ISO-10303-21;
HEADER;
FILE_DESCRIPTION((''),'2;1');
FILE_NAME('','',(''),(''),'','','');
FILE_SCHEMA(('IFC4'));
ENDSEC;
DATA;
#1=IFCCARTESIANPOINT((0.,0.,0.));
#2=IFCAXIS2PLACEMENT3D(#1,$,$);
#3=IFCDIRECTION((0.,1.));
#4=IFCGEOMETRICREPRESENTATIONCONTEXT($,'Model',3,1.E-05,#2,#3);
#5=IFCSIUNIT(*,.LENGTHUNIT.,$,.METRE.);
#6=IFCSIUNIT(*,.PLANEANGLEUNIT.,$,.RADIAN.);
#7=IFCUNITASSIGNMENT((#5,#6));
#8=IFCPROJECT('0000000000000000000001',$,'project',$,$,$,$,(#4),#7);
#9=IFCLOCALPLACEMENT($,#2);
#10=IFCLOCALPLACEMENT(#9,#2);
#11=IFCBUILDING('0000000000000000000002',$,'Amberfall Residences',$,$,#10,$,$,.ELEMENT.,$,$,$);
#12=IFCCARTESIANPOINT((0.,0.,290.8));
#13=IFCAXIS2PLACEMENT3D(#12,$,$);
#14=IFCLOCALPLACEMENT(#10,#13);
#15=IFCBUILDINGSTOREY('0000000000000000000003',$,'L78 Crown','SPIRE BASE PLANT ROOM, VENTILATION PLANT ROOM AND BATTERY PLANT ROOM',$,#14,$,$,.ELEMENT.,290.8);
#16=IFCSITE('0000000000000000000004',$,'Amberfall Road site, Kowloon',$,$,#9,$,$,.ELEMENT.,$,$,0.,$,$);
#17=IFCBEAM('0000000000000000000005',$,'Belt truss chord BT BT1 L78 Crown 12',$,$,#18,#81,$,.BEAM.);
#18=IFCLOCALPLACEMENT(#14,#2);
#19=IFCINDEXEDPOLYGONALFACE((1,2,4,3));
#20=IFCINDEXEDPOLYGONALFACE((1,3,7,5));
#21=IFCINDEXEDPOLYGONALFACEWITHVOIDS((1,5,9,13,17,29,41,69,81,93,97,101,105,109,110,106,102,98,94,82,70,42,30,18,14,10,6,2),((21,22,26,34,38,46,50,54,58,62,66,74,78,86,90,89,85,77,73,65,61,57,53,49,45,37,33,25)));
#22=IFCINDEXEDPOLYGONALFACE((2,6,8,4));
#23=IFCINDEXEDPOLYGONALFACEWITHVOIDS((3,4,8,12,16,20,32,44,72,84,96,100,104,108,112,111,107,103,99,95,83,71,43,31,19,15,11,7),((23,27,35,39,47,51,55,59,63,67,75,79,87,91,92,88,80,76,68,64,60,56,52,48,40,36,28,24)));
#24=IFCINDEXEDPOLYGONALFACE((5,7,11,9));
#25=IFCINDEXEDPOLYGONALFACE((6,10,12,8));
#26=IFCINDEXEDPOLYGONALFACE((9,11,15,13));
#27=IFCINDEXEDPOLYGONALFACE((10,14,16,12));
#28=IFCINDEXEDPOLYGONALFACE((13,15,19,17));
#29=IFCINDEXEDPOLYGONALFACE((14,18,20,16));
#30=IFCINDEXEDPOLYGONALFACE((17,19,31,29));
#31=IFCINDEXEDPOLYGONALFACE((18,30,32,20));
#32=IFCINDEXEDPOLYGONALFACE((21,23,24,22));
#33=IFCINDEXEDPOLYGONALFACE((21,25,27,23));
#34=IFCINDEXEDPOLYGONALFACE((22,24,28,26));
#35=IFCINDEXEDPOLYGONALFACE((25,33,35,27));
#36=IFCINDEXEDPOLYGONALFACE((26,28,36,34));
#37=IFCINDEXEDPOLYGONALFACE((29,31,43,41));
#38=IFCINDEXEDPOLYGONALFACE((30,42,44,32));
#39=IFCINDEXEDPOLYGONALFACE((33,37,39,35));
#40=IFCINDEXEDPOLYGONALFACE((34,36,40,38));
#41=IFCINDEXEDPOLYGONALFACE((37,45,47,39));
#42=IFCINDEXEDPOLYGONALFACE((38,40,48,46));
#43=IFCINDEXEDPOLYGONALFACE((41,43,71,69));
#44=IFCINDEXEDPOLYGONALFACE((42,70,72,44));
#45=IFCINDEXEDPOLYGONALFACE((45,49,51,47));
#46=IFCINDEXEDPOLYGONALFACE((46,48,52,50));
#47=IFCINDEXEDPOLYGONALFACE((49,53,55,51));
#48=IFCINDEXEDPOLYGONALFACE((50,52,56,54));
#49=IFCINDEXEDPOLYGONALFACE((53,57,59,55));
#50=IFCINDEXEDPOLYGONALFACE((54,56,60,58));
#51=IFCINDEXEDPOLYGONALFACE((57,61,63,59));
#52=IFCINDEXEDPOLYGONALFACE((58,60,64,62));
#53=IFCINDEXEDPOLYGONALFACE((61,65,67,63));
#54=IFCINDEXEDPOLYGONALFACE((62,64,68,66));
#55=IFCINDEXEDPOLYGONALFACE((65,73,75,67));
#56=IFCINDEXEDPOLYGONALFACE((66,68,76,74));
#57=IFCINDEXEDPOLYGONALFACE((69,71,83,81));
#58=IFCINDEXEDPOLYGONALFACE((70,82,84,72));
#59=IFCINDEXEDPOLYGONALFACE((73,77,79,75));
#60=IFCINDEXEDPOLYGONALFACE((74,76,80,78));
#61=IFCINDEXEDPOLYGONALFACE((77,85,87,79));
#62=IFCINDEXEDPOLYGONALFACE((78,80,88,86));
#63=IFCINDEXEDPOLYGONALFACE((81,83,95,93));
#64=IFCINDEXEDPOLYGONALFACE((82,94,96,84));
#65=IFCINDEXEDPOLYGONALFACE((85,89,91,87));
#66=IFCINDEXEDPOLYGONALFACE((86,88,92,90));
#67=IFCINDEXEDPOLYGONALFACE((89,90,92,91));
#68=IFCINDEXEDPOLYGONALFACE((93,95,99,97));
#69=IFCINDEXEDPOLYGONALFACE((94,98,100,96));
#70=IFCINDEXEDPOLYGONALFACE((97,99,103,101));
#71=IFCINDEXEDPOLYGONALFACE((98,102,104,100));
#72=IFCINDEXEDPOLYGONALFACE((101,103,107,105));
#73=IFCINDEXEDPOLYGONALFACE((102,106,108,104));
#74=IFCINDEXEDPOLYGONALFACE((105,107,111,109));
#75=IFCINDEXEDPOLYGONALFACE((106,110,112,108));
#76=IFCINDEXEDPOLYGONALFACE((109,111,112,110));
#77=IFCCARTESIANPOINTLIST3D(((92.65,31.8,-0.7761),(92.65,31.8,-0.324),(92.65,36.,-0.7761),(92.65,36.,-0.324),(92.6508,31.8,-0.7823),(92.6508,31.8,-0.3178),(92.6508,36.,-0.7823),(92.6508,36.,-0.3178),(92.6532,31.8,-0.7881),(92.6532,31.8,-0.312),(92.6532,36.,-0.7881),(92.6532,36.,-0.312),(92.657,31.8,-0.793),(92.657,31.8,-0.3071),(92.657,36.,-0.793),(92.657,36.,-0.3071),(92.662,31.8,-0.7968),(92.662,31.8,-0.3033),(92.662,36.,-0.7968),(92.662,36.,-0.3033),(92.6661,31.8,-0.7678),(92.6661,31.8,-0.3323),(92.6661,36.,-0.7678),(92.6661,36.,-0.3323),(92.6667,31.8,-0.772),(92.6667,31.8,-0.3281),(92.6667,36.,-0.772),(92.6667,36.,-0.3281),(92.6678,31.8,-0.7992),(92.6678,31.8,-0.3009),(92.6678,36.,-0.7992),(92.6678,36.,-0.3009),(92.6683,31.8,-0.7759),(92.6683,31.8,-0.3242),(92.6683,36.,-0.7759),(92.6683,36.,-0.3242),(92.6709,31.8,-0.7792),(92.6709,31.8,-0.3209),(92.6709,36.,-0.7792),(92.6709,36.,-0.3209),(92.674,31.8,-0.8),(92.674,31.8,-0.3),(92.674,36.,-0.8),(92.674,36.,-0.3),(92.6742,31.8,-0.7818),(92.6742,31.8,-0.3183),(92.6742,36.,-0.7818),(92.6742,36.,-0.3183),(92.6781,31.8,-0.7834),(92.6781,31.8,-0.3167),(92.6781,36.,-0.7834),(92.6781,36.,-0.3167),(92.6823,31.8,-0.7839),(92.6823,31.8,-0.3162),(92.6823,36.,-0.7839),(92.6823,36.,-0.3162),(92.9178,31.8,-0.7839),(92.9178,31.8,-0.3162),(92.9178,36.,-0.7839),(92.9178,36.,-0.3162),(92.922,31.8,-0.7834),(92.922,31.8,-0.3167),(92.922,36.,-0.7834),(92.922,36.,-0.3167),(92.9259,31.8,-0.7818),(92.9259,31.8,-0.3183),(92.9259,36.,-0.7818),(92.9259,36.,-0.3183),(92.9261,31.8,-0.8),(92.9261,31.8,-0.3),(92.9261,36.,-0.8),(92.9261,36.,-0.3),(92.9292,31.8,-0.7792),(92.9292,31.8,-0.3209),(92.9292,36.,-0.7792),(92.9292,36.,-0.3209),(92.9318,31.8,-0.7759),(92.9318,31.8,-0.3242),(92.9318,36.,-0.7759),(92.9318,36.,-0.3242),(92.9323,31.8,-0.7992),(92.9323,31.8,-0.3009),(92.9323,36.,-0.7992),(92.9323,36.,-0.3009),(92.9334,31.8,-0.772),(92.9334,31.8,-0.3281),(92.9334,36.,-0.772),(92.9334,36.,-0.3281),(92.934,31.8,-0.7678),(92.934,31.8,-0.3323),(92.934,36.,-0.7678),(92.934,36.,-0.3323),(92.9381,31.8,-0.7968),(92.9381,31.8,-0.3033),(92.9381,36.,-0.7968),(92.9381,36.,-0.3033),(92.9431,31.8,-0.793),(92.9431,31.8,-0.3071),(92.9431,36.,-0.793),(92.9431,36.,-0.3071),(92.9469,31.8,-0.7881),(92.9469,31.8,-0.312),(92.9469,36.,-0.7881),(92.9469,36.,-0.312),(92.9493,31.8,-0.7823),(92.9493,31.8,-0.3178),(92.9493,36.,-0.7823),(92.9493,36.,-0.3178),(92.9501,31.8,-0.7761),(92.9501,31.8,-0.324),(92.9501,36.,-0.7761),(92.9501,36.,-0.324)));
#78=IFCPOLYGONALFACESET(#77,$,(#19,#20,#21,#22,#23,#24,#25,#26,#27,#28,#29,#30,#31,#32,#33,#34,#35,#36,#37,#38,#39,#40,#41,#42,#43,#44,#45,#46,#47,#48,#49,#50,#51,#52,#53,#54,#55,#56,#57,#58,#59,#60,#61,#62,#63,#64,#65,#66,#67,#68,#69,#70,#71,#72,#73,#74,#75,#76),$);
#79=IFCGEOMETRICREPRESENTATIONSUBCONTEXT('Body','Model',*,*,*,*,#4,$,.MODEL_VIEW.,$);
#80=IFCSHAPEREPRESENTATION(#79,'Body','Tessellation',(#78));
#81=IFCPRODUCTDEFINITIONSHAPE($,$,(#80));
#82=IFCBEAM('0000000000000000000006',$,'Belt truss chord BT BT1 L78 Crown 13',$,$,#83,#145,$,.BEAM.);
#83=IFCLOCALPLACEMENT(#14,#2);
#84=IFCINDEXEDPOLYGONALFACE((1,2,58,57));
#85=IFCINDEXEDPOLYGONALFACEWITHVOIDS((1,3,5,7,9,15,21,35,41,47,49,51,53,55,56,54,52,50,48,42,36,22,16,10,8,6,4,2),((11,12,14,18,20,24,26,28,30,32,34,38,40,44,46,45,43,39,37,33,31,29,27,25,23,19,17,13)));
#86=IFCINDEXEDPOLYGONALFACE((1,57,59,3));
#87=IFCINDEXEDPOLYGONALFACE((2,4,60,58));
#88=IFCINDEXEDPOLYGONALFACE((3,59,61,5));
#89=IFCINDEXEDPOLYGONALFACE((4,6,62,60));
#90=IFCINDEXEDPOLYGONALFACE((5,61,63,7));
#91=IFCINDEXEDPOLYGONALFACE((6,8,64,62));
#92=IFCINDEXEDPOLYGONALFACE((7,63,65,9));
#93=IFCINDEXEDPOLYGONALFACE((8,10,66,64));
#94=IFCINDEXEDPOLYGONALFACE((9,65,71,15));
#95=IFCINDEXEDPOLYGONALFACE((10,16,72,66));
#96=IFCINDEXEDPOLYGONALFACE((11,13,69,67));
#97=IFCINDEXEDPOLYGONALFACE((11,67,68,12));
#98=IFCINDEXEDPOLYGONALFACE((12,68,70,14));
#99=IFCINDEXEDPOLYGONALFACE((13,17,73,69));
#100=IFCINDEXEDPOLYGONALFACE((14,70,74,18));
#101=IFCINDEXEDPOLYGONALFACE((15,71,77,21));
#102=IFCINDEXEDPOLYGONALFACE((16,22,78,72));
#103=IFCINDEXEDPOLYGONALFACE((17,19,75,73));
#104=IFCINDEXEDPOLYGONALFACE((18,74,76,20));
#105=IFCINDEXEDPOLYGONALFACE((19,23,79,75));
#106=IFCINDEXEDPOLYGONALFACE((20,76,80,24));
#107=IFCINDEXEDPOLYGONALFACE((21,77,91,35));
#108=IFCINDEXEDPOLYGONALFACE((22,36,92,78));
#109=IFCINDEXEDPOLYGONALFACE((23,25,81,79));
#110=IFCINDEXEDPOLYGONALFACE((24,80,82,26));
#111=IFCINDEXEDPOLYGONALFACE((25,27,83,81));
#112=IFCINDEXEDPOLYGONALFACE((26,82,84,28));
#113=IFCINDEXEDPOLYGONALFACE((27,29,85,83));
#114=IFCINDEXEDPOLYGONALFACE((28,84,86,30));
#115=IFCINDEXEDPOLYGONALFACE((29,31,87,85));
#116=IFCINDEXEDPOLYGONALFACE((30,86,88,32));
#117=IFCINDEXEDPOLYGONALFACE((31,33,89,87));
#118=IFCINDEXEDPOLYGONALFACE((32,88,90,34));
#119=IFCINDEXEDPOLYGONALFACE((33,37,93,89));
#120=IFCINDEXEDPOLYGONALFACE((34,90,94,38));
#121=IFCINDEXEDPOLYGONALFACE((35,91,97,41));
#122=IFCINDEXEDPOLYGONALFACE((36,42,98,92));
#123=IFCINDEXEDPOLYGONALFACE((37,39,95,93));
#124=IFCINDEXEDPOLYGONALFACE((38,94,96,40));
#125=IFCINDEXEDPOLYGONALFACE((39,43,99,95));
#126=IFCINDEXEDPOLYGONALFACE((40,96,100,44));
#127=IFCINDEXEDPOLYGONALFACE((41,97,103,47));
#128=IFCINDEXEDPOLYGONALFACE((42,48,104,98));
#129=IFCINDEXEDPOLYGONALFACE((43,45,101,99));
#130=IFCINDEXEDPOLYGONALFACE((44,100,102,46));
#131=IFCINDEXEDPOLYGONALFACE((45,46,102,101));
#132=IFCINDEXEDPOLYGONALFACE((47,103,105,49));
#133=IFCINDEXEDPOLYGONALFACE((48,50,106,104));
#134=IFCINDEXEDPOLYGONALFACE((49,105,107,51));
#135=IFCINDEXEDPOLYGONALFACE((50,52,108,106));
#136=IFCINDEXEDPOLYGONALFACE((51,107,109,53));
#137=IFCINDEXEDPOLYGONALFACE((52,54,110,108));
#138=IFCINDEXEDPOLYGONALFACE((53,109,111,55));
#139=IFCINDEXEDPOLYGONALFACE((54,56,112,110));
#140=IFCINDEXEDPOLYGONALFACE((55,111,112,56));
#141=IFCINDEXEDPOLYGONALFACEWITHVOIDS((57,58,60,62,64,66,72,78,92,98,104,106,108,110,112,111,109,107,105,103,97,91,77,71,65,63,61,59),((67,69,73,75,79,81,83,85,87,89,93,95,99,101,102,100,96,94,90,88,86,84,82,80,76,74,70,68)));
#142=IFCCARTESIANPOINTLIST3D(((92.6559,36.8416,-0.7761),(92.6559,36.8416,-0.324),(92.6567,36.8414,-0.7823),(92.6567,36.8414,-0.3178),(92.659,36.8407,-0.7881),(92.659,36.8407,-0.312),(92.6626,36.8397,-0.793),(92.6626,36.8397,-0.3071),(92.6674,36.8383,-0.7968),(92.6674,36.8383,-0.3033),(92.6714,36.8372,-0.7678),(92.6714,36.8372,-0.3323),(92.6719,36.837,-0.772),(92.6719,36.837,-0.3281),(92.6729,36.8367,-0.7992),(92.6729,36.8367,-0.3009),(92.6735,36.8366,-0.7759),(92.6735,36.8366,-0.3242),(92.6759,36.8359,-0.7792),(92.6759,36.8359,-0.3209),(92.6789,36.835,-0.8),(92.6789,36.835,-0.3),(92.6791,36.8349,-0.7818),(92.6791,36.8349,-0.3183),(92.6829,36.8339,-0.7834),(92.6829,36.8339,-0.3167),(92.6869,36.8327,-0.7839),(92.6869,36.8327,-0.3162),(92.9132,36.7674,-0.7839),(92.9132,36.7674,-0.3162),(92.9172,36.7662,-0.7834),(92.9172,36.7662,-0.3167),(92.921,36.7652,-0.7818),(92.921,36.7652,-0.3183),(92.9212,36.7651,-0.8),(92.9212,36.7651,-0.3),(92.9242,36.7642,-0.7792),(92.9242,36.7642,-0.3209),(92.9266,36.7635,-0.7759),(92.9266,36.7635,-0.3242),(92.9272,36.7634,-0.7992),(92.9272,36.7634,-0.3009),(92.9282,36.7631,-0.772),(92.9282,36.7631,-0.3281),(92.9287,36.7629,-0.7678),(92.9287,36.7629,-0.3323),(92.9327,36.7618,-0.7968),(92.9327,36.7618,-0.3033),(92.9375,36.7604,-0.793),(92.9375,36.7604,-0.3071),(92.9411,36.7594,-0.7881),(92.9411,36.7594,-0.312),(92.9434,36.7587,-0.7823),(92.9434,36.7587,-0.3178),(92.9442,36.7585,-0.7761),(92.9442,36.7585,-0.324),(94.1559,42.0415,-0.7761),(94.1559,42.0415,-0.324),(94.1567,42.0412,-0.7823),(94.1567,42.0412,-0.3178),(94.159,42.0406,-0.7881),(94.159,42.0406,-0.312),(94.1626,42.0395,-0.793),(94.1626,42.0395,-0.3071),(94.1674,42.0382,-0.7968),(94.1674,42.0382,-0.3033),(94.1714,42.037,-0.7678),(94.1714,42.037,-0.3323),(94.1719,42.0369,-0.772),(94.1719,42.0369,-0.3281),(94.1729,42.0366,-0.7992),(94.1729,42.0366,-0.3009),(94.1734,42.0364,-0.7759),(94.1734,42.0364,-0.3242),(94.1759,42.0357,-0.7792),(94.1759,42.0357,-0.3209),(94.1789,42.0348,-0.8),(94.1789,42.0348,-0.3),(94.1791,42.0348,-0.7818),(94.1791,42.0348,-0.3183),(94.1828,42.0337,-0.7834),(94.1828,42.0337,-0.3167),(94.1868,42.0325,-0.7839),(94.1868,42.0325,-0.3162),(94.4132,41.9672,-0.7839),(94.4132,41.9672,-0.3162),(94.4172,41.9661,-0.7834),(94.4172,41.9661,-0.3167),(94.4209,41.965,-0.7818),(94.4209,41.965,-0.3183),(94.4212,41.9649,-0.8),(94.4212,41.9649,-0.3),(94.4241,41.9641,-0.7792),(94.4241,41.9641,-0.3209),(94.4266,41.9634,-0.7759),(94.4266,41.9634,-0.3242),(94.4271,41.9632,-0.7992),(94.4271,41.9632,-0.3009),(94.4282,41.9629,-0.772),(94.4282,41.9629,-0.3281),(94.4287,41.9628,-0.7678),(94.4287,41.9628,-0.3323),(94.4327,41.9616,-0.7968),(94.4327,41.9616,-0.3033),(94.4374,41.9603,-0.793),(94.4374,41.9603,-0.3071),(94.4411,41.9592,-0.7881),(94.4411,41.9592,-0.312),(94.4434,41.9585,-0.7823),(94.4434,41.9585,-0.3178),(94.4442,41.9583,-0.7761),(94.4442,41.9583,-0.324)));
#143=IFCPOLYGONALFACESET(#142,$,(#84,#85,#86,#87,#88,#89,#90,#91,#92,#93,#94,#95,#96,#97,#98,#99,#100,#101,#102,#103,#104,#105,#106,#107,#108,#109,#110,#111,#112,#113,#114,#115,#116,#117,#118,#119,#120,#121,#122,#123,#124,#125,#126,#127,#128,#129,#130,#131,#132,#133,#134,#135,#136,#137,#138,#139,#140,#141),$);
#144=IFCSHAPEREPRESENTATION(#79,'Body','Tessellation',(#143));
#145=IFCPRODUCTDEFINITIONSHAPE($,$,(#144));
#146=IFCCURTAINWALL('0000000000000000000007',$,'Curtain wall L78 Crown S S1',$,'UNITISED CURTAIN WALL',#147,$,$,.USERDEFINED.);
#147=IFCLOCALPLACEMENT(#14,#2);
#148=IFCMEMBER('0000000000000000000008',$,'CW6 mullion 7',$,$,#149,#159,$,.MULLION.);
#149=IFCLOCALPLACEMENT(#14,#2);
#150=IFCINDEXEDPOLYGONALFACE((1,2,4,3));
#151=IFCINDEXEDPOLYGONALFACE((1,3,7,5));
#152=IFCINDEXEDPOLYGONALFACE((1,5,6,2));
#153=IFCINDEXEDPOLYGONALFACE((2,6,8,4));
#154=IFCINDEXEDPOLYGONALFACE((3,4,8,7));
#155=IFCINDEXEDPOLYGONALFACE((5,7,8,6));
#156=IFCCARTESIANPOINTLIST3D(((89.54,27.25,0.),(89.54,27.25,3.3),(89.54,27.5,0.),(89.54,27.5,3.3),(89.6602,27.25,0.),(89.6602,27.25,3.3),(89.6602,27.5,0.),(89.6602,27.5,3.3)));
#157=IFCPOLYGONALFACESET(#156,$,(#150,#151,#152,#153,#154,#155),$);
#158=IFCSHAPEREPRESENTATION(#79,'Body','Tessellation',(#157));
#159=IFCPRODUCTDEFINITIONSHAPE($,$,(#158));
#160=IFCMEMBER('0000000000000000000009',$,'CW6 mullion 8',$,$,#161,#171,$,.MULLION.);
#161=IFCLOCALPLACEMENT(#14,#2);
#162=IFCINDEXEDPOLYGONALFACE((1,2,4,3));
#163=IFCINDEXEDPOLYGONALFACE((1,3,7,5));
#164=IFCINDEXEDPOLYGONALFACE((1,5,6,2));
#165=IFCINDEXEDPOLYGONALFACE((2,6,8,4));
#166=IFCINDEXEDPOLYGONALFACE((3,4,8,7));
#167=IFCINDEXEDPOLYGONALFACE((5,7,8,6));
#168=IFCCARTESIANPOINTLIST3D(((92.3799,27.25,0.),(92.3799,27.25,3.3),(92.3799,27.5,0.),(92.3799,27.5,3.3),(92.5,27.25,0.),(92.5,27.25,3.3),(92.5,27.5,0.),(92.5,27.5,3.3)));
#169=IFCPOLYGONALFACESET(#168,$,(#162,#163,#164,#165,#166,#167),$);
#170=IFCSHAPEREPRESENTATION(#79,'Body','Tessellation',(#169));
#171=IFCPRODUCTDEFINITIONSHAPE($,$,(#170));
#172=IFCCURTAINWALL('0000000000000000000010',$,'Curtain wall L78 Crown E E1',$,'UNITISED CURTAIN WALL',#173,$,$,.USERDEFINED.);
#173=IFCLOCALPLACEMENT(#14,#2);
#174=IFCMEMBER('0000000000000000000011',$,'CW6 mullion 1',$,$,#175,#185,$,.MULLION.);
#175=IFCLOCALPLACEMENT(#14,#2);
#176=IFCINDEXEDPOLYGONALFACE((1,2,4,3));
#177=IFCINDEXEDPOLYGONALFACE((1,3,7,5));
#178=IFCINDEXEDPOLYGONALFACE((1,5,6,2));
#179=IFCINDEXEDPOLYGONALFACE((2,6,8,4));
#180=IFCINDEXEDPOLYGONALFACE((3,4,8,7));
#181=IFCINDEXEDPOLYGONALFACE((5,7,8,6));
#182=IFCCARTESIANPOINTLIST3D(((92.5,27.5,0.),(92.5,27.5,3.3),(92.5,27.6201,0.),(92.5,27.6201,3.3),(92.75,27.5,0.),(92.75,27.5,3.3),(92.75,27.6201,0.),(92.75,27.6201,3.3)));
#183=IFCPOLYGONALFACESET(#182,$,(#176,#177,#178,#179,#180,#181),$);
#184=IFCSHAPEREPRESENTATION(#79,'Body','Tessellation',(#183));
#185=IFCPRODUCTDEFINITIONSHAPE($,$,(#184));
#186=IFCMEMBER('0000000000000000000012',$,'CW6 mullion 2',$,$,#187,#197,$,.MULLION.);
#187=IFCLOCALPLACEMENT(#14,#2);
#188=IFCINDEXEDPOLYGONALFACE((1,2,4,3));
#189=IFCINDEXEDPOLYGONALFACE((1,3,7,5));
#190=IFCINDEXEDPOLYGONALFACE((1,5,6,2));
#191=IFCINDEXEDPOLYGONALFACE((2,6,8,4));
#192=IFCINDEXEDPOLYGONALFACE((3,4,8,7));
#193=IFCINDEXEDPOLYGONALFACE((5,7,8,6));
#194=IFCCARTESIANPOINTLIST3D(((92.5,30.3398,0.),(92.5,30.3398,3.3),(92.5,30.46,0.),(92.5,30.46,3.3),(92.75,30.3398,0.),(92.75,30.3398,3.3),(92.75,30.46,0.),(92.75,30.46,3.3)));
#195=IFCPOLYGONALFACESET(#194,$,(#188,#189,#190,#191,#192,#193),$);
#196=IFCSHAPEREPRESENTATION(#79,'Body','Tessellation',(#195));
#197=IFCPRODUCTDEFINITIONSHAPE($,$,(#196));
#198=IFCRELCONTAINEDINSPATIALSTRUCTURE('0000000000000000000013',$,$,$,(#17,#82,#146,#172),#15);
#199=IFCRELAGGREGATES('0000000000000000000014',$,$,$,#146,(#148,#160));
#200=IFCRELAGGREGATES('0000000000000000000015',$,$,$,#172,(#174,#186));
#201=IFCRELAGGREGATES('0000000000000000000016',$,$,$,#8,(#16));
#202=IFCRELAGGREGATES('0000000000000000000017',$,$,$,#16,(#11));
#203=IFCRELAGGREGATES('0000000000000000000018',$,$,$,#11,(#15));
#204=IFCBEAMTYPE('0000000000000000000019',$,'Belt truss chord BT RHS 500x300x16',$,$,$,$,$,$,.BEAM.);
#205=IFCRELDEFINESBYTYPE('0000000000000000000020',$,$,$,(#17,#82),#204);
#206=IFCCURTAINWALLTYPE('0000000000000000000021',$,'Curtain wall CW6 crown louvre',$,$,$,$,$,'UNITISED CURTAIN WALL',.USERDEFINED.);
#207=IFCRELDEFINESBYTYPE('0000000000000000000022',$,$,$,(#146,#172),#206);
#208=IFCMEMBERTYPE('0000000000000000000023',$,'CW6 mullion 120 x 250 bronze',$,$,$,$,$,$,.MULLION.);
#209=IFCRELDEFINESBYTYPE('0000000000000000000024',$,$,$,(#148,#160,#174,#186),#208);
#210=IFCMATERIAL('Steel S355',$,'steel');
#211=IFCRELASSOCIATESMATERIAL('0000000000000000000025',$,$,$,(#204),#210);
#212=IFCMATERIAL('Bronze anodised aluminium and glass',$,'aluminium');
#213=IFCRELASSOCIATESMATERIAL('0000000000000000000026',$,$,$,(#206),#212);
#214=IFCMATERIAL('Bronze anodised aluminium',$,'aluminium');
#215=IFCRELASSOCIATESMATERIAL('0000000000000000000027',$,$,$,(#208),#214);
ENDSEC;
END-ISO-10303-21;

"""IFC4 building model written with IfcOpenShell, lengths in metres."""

from ifc_helpers import new_model, si_unit, direction, frame, origin, origin_2d, place, context, subcontext, project, spatial, rectangle, hollow_rectangle, extrude, material, material_profile, profile_set, type_object, element, aggregate, save


model = new_model("IFC4")

# Units and contexts
model_context = context("Model", 3, precision=1e-05, world=origin(), true_north=direction((0.0, 1.0)))
body_context = subcontext(model_context, "Body", "Model", "MODEL_VIEW")
ifc_project = project(units=[si_unit("LENGTHUNIT", "METRE"), si_unit("PLANEANGLEUNIT", "RADIAN")], contexts=[model_context])

# Site, building, storey
site_placement = place(None, origin())
site = spatial("IfcSite", under=ifc_project, at=site_placement, Name="Amberfall Road site, Kowloon", CompositionType="ELEMENT", RefElevation=0.0)
building_placement = place(site_placement, origin())
building = spatial("IfcBuilding", under=site, at=building_placement, Name="Amberfall Residences", CompositionType="ELEMENT")
storey_placement = place(building_placement, frame((0.0, 0.0, 290.8)))
storey = spatial("IfcBuildingStorey", under=building, at=storey_placement, Name="L78 Crown", Description="SPIRE BASE PLANT ROOM, VENTILATION PLANT ROOM AND BATTERY PLANT ROOM", CompositionType="ELEMENT", Elevation=290.8)

# Beams
ifc_material_1 = material(Name="Steel S355", Category="steel")
ifc_material_profile_1 = material_profile(ifc_material_1, hollow_rectangle(XDim=0.3, YDim=0.5, WallThickness=0.0161, InnerFilletRadius=0.0161, OuterFilletRadius=0.0239, at=origin_2d()), Name="RHS 500x300x16")
ifc_profile_set_1 = profile_set([ifc_material_profile_1], Name="Steel S355")
beam_type_1 = type_object("IfcBeamType", Name="Belt truss chord BT RHS 500x300x16", PredefinedType="BEAM", material=ifc_profile_set_1)
beam_1_placement = place(storey_placement, frame((92.8, 31.8, -0.55), z_axis=(0.0, 1.0, 0.0), x_axis=(-1.0, 0.0, 0.0)))
element("IfcBeam", 1, at=beam_1_placement, inside=storey, type_object=beam_type_1, Name="Belt truss chord BT BT1 L78 Crown 12", PredefinedType="BEAM", context=body_context, shape_type="SweptSolid", body=[
    extrude(hollow_rectangle(XDim=0.3, YDim=0.5, WallThickness=0.0161, InnerFilletRadius=0.0161, OuterFilletRadius=0.0239, at=origin_2d()), origin(), (0.0, 0.0, 1.0), 4.2),
])
beam_2_placement = place(storey_placement, frame((92.8, 36.8, -0.55), z_axis=(0.277163, 0.960823, 0.0), x_axis=(-0.960823, 0.277163, 0.0)))
element("IfcBeam", 2, at=beam_2_placement, inside=storey, type_object=beam_type_1, Name="Belt truss chord BT BT1 L78 Crown 13", PredefinedType="BEAM", context=body_context, shape_type="SweptSolid", body=[
    extrude(hollow_rectangle(XDim=0.3, YDim=0.5, WallThickness=0.0161, InnerFilletRadius=0.0161, OuterFilletRadius=0.0239, at=origin_2d()), origin(), (0.0, 0.0, 1.0), 5.4119),
])

# Curtain walls, members
ifc_material_2 = material(Name="Bronze anodised aluminium and glass", Category="aluminium")
curtain_wall_type = type_object("IfcCurtainWallType", Name="Curtain wall CW6 crown louvre", ElementType="UNITISED CURTAIN WALL", PredefinedType="USERDEFINED", material=ifc_material_2)
curtain_wall_1_placement = place(storey_placement, origin())
curtain_wall_1 = element("IfcCurtainWall", 3, at=curtain_wall_1_placement, inside=storey, type_object=curtain_wall_type, Name="Curtain wall L78 Crown S S1", ObjectType="UNITISED CURTAIN WALL", PredefinedType="USERDEFINED")
ifc_material_3 = material(Name="Bronze anodised aluminium", Category="aluminium")
ifc_material_profile_2 = material_profile(ifc_material_3, rectangle(XDim=0.25, YDim=0.1201, at=origin_2d()), Name="CW6 mullion 120 x 250 bronze")
ifc_profile_set_2 = profile_set([ifc_material_profile_2], Name="Bronze anodised aluminium")
member_type_1 = type_object("IfcMemberType", Name="CW6 mullion 120 x 250 bronze", PredefinedType="MULLION", material=ifc_profile_set_2)
member_1_placement = place(storey_placement, frame((89.6001, 27.375, 0.0), z_axis=(0.0, 0.0, 1.0), x_axis=(0.0, 1.0, 0.0)))
member_1 = element("IfcMember", 4, at=member_1_placement, type_object=member_type_1, Name="CW6 mullion 7", PredefinedType="MULLION", context=body_context, shape_type="SweptSolid", body=[
    extrude(rectangle(XDim=0.25, YDim=0.1201, at=origin_2d()), origin(), (0.0, 0.0, 1.0), 3.3),
])
member_2_placement = place(storey_placement, frame((92.4399, 27.375, 0.0), z_axis=(0.0, 0.0, 1.0), x_axis=(0.0, 1.0, 0.0)))
member_2 = element("IfcMember", 5, at=member_2_placement, type_object=member_type_1, Name="CW6 mullion 8", PredefinedType="MULLION", context=body_context, shape_type="SweptSolid", body=[
    extrude(rectangle(XDim=0.25, YDim=0.1201, at=origin_2d()), origin(), (0.0, 0.0, 1.0), 3.3),
])
curtain_wall_2_placement = place(storey_placement, origin())
curtain_wall_2 = element("IfcCurtainWall", 6, at=curtain_wall_2_placement, inside=storey, type_object=curtain_wall_type, Name="Curtain wall L78 Crown E E1", ObjectType="UNITISED CURTAIN WALL", PredefinedType="USERDEFINED")
member_3_placement = place(storey_placement, frame((92.625, 27.5601, 0.0), z_axis=(0.0, 0.0, 1.0), x_axis=(-1.0, 0.0, 0.0)))
member_3 = element("IfcMember", 7, at=member_3_placement, type_object=member_type_1, Name="CW6 mullion 1", PredefinedType="MULLION", context=body_context, shape_type="SweptSolid", body=[
    extrude(rectangle(XDim=0.25, YDim=0.1201, at=origin_2d()), origin(), (0.0, 0.0, 1.0), 3.3),
])
member_4_placement = place(storey_placement, frame((92.625, 30.3999, 0.0), z_axis=(0.0, 0.0, 1.0), x_axis=(-1.0, 0.0, 0.0)))
member_4 = element("IfcMember", 8, at=member_4_placement, type_object=member_type_1, Name="CW6 mullion 2", PredefinedType="MULLION", context=body_context, shape_type="SweptSolid", body=[
    extrude(rectangle(XDim=0.25, YDim=0.1201, at=origin_2d()), origin(), (0.0, 0.0, 1.0), 3.3),
])

aggregate(curtain_wall_1, [member_1, member_2])
aggregate(curtain_wall_2, [member_3, member_4])

save(model, "model.ifc")
